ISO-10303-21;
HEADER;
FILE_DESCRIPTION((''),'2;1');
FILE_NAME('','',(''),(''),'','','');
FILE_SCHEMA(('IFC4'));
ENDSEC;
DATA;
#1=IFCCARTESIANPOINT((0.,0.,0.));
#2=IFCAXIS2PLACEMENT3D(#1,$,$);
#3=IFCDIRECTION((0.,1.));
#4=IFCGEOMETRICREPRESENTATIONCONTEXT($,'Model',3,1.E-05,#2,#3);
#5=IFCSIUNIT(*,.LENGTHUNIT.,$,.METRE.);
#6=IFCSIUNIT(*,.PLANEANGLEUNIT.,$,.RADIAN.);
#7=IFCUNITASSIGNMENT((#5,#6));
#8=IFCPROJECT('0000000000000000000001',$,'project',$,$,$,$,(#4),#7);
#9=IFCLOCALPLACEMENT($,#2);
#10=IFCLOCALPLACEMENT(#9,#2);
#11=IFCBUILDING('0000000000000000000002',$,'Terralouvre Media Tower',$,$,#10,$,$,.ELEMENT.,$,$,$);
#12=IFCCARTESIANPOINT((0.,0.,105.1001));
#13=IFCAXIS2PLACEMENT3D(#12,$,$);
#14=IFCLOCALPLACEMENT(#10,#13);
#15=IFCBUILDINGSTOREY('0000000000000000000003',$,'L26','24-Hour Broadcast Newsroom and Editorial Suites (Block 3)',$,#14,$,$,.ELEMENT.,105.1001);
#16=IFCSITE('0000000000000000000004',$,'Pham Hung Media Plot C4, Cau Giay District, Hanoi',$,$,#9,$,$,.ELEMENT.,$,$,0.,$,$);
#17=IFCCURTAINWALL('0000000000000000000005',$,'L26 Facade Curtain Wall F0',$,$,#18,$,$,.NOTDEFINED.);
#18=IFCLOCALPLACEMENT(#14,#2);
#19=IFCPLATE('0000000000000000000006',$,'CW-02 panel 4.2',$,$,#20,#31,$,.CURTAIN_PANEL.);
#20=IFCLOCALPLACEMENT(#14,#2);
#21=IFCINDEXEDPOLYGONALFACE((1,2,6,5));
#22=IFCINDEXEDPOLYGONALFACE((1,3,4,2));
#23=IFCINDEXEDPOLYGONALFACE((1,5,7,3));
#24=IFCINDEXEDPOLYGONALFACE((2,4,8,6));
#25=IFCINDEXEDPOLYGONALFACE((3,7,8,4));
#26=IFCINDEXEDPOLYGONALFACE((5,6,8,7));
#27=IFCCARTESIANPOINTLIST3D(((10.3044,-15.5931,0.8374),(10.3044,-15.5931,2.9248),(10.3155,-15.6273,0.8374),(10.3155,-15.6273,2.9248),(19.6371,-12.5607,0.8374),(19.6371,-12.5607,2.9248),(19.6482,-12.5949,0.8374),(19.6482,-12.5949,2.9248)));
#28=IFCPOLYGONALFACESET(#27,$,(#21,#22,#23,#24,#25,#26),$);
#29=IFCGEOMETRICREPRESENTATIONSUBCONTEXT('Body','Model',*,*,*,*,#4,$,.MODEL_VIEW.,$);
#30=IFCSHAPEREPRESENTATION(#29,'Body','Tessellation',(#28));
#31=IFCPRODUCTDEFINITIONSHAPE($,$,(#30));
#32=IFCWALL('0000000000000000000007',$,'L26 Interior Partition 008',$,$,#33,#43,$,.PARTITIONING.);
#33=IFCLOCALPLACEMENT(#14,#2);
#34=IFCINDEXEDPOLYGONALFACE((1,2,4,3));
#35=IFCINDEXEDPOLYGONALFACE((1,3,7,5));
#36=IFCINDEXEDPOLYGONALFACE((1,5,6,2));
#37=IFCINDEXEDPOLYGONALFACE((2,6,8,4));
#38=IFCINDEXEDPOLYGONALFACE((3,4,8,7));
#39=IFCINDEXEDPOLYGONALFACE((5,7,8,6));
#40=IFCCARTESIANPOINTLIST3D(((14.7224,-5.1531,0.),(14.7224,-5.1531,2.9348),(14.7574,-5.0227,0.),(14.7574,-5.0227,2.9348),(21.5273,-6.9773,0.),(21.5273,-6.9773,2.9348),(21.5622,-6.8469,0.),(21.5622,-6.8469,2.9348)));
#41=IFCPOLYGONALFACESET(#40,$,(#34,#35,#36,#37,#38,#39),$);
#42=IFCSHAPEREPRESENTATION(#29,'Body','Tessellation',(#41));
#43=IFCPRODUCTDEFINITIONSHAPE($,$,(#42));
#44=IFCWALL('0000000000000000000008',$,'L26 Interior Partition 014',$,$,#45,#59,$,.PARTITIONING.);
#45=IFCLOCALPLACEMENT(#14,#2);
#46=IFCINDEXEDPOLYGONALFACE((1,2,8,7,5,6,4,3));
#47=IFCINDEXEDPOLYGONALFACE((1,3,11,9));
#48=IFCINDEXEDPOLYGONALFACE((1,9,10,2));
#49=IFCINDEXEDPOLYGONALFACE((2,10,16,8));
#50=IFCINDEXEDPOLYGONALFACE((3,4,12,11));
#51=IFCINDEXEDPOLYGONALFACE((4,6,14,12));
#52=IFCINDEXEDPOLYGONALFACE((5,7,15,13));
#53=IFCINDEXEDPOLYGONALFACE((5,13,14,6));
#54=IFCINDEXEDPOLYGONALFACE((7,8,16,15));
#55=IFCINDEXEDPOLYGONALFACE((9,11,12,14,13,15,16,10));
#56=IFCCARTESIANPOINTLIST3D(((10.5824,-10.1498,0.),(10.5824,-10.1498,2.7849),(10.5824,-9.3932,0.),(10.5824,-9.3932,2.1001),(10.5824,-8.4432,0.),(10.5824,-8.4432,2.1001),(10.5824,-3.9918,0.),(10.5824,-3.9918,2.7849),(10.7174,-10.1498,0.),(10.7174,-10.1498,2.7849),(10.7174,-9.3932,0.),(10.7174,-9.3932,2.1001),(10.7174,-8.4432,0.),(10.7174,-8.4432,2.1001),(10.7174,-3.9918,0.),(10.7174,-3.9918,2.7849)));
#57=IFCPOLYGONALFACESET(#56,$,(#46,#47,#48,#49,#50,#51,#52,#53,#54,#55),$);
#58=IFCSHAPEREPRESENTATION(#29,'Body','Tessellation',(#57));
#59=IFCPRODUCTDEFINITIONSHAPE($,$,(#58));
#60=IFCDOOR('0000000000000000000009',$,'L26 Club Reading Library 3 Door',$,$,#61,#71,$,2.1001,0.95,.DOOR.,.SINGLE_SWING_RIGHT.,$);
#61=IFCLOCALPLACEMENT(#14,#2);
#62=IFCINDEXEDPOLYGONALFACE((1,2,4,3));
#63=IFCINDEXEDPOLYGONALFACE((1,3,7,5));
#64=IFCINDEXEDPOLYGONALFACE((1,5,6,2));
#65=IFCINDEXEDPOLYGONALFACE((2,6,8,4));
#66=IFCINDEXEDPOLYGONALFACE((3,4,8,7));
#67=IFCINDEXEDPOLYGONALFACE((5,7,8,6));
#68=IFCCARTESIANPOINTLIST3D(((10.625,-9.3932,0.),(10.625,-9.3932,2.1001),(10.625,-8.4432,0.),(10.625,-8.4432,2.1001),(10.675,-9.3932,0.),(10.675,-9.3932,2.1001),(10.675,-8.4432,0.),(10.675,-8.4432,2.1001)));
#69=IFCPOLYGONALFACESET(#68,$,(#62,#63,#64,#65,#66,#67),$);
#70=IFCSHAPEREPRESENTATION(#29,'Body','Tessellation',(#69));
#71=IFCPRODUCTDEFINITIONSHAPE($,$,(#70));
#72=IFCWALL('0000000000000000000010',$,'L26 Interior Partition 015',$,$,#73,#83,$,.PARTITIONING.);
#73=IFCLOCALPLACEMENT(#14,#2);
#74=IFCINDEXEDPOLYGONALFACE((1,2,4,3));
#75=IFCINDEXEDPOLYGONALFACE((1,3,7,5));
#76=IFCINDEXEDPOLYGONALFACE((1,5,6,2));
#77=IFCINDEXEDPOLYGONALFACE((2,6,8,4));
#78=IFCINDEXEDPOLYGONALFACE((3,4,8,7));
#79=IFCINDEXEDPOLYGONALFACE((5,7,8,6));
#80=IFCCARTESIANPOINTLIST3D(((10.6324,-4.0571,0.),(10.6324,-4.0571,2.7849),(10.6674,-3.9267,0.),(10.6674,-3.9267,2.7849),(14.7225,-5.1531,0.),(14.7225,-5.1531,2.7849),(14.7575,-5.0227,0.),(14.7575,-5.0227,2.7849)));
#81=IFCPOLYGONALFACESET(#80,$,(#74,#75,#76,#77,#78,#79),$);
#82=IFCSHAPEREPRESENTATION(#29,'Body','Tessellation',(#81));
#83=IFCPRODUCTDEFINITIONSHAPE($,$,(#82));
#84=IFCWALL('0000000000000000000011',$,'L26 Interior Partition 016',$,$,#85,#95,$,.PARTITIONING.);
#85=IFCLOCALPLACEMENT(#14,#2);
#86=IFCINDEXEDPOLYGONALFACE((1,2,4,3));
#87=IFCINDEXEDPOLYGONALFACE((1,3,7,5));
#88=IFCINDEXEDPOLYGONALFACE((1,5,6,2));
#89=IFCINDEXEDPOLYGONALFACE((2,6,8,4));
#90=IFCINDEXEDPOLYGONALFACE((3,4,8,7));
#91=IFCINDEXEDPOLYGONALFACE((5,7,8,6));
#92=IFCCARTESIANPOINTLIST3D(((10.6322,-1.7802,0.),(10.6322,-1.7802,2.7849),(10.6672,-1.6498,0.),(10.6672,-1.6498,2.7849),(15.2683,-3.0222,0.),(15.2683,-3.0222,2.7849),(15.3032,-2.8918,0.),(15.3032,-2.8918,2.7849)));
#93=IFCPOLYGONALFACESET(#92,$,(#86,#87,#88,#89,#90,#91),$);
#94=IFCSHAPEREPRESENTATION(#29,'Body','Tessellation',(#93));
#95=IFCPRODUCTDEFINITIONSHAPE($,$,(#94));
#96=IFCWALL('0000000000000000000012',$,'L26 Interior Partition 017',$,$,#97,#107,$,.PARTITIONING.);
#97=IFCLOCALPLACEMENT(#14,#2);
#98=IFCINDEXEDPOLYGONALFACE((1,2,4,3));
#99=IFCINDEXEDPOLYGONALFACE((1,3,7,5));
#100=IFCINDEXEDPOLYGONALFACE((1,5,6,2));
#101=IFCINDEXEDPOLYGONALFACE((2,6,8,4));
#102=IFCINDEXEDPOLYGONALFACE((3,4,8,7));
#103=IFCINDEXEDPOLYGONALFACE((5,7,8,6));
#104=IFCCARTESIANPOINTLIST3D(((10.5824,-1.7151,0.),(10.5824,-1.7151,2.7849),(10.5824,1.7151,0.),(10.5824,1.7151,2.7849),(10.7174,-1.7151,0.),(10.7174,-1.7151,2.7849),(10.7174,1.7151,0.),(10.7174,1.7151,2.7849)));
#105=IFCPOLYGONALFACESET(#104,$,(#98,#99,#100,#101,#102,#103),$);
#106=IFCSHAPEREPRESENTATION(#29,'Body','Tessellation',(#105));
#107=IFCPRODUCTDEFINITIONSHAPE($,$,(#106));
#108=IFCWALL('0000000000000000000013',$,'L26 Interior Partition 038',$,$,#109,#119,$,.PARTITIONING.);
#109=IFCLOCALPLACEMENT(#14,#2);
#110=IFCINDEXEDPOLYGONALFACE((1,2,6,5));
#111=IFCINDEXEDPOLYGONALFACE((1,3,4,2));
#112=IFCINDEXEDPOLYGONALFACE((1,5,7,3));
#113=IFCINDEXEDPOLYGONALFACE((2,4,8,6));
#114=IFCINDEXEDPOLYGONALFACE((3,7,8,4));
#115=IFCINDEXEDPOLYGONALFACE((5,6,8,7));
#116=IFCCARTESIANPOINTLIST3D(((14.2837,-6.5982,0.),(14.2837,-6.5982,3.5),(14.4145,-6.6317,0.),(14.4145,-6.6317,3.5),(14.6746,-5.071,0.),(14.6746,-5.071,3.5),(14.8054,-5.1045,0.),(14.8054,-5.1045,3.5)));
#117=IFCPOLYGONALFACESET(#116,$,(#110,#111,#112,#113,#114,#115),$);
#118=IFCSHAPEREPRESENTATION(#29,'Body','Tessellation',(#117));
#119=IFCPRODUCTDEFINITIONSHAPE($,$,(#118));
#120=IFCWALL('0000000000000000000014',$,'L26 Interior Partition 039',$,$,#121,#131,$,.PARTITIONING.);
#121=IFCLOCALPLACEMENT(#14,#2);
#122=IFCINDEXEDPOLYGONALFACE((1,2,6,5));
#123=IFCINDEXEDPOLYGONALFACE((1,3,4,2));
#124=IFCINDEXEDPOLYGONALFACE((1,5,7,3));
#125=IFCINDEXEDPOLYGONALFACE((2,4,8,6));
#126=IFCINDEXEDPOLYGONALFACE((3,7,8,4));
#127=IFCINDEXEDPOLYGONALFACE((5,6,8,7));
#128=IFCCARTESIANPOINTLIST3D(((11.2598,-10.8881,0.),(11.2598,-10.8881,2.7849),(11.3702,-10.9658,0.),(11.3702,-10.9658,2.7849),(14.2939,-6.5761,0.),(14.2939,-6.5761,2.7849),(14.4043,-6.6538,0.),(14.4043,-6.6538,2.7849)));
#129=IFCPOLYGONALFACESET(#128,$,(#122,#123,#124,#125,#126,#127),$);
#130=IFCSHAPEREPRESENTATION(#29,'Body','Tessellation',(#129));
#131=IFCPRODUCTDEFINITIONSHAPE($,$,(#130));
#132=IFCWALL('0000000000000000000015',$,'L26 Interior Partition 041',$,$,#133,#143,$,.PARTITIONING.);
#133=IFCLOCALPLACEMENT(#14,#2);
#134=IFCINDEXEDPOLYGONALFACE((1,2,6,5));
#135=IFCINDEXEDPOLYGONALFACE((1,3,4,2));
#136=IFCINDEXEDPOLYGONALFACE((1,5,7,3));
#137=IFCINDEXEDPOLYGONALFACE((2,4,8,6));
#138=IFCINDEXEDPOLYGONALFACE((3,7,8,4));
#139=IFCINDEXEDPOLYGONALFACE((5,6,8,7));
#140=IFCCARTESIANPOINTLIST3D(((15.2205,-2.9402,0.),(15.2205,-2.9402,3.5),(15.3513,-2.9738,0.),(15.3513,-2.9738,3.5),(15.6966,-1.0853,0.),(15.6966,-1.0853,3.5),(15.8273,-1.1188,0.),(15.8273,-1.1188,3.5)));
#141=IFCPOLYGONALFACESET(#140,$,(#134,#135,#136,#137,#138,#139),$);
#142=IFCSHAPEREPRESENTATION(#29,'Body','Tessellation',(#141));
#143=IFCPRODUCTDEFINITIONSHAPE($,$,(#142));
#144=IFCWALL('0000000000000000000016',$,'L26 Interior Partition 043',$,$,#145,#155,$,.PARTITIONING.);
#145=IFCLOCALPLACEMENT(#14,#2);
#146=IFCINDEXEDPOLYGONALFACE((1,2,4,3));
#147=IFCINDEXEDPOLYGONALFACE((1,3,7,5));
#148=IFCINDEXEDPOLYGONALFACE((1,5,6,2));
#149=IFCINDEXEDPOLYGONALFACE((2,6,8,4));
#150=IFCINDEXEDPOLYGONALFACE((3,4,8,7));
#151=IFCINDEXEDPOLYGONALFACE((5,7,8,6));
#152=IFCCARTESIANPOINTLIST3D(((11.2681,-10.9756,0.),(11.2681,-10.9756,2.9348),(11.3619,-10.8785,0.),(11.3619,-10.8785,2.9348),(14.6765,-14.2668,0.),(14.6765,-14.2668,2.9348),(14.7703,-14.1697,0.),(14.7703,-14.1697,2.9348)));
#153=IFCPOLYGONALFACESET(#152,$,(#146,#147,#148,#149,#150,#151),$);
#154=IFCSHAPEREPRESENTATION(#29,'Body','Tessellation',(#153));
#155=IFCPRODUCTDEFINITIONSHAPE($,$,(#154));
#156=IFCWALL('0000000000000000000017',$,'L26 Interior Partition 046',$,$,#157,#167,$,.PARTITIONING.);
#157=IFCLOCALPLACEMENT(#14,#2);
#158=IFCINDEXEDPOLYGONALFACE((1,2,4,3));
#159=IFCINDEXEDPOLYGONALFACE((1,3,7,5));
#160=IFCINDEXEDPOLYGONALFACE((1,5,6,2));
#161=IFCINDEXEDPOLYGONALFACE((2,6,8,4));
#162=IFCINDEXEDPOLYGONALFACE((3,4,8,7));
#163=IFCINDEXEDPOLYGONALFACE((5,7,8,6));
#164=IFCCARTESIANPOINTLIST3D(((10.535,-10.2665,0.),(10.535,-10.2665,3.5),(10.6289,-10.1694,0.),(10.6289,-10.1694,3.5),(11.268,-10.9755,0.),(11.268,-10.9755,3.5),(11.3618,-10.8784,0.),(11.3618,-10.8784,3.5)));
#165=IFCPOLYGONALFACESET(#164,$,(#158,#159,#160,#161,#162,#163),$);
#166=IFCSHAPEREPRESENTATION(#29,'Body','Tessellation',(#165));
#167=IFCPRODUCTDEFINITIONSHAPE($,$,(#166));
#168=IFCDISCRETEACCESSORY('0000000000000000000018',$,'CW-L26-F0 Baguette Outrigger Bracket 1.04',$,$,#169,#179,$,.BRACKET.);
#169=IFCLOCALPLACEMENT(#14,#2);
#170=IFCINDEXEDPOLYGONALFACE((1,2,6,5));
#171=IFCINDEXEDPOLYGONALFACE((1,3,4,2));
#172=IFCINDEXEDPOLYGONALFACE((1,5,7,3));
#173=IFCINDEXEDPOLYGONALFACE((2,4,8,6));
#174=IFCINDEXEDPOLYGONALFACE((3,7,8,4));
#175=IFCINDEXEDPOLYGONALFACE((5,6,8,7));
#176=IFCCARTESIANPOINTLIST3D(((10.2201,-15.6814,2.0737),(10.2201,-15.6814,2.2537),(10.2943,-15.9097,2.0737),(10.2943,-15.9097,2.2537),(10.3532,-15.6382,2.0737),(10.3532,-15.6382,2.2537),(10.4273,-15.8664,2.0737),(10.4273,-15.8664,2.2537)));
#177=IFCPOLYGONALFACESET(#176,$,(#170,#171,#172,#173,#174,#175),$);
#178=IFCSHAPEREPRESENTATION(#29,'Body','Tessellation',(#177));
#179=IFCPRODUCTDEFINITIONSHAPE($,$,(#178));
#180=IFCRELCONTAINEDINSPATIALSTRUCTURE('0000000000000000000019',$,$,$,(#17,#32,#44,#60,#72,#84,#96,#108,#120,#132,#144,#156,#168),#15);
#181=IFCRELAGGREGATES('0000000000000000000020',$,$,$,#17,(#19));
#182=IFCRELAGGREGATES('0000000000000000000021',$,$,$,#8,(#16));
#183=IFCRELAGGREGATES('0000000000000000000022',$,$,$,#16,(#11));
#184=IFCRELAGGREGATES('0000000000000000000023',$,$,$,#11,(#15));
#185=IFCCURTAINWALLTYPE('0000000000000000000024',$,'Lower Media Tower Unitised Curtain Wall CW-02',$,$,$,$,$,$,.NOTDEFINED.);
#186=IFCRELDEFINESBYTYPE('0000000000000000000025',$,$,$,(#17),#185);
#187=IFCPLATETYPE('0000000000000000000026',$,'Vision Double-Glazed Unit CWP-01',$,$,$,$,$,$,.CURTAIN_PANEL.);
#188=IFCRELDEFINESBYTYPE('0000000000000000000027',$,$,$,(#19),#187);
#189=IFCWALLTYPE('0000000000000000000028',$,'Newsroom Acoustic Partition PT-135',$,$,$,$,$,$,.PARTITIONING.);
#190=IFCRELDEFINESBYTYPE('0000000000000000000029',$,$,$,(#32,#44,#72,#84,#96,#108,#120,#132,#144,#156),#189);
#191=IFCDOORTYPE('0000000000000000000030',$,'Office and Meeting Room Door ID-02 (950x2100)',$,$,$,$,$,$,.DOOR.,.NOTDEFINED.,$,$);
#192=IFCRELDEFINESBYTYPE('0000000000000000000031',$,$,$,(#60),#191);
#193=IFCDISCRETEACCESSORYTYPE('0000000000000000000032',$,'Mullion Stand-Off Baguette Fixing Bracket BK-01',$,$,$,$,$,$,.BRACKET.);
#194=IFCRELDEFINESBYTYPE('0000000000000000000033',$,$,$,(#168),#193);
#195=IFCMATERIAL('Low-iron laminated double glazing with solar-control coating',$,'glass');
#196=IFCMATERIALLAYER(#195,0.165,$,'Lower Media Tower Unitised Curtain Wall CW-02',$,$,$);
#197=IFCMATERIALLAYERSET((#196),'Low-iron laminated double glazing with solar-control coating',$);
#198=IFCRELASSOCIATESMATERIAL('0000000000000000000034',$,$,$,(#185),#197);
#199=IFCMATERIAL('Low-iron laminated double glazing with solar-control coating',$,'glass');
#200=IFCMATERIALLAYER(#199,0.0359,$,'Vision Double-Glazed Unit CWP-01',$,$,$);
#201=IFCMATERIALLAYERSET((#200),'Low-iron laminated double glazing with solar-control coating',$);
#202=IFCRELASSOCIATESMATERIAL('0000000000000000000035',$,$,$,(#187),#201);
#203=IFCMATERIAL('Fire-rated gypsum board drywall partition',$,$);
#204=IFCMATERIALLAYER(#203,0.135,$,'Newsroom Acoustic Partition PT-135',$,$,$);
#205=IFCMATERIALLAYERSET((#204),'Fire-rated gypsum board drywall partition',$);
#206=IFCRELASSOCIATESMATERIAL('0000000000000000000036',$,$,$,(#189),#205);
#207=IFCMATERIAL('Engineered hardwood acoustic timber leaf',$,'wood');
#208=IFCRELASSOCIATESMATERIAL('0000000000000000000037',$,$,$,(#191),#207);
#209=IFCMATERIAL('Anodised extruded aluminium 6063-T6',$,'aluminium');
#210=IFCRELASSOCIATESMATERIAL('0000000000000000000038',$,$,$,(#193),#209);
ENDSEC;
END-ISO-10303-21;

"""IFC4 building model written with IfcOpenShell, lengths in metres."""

from ifc_helpers import new_model, si_unit, direction, frame, frame_2d, origin, origin_2d, place, context, subcontext, project, spatial, rectangle, extrude, material, layer, layer_set, type_object, element, fill, aggregate, save


model = new_model("IFC4")

# Units and contexts
model_context = context("Model", 3, precision=1e-05, world=origin(), true_north=direction((0.0, 1.0)))
body_context = subcontext(model_context, "Body", "Model", "MODEL_VIEW")
ifc_project = project(units=[si_unit("LENGTHUNIT", "METRE"), si_unit("PLANEANGLEUNIT", "RADIAN")], contexts=[model_context])

# Site, building, storey
site_placement = place(None, origin())
site = spatial("IfcSite", under=ifc_project, at=site_placement, Name="Pham Hung Media Plot C4, Cau Giay District, Hanoi", CompositionType="ELEMENT", RefElevation=0.0)
building_placement = place(site_placement, origin())
building = spatial("IfcBuilding", under=site, at=building_placement, Name="Terralouvre Media Tower", CompositionType="ELEMENT")
storey_placement = place(building_placement, frame((0.0, 0.0, 105.1001)))
storey = spatial("IfcBuildingStorey", under=building, at=storey_placement, Name="L26", Description="24-Hour Broadcast Newsroom and Editorial Suites (Block 3)", CompositionType="ELEMENT", Elevation=105.1001)

# Curtain wall
ifc_material_1 = material(Name="Low-iron laminated double glazing with solar-control coating", Category="glass")
ifc_layer_1 = layer(ifc_material_1, 0.165, Name="Lower Media Tower Unitised Curtain Wall CW-02")
ifc_layer_set_1 = layer_set([ifc_layer_1], Name="Low-iron laminated double glazing with solar-control coating")
curtain_wall_type = type_object("IfcCurtainWallType", Name="Lower Media Tower Unitised Curtain Wall CW-02", PredefinedType="NOTDEFINED", material=ifc_layer_set_1)
curtain_wall_placement = place(storey_placement, origin())
curtain_wall = element("IfcCurtainWall", 1, at=curtain_wall_placement, inside=storey, type_object=curtain_wall_type, Name="L26 Facade Curtain Wall F0", PredefinedType="NOTDEFINED")

# Plate
ifc_material_2 = material(Name="Low-iron laminated double glazing with solar-control coating", Category="glass")
ifc_layer_2 = layer(ifc_material_2, 0.0359, Name="Vision Double-Glazed Unit CWP-01")
ifc_layer_set_2 = layer_set([ifc_layer_2], Name="Low-iron laminated double glazing with solar-control coating")
plate_type = type_object("IfcPlateType", Name="Vision Double-Glazed Unit CWP-01", PredefinedType="CURTAIN_PANEL", material=ifc_layer_set_2)
plate_1_placement = place(storey_placement, frame((14.9763, -14.094, 0.8374), z_axis=(0.0, 0.0, 1.0), x_axis=(0.951057, 0.309017, 0.0)))
plate_1 = element("IfcPlate", 2, at=plate_1_placement, type_object=plate_type, Name="CW-02 panel 4.2", PredefinedType="CURTAIN_PANEL", context=body_context, shape_type="SweptSolid", body=[
    extrude(rectangle(XDim=9.813, YDim=0.0359, at=origin_2d()), origin(), (0.0, 0.0, 1.0), 2.0874),
])
aggregate(curtain_wall, [plate_1])

# Wall
ifc_material_3 = material(Name="Fire-rated gypsum board drywall partition")
ifc_layer_3 = layer(ifc_material_3, 0.135, Name="Newsroom Acoustic Partition PT-135")
ifc_layer_set_3 = layer_set([ifc_layer_3], Name="Fire-rated gypsum board drywall partition")
wall_type = type_object("IfcWallType", Name="Newsroom Acoustic Partition PT-135", PredefinedType="PARTITIONING", material=ifc_layer_set_3)
wall_1_placement = place(storey_placement, frame((14.74, -5.0879, 0.0), z_axis=(0.0, 0.0, 1.0), x_axis=(0.965896, -0.258931, 0.0)))
element("IfcWall", 3, at=wall_1_placement, inside=storey, type_object=wall_type, Name="L26 Interior Partition 008", PredefinedType="PARTITIONING", context=body_context, shape_type="SweptSolid", body=[
    extrude(rectangle(XDim=7.0452, YDim=0.135, at=frame_2d((3.5225, 0.0))), origin(), (0.0, 0.0, 1.0), 2.9348),
])

# Wall, opening, door
wall_2_placement = place(storey_placement, frame((10.6499, -10.1499, 0.0), z_axis=(0.0, 0.0, 1.0), x_axis=(0.0, 1.0, 0.0)))
wall_2 = element("IfcWall", 4, at=wall_2_placement, inside=storey, type_object=wall_type, Name="L26 Interior Partition 014", PredefinedType="PARTITIONING", context=body_context, shape_type="SweptSolid", body=[
    extrude(rectangle(XDim=6.158, YDim=0.135, at=frame_2d((3.0791, 0.0))), origin(), (0.0, 0.0, 1.0), 2.7849),
])
opening_placement = place(wall_2_placement, frame((0.7566, 0.0, 0.0)))
opening = element("IfcOpeningElement", 5, at=opening_placement, cuts=wall_2, PredefinedType="OPENING", context=body_context, shape_type="SweptSolid", body=[
    extrude(rectangle(XDim=0.95, YDim=2.1001, at=frame_2d((0.4751, 1.05))), frame((0.0, 0.0774, 0.0), z_axis=(0.0, -1.0, 0.0), x_axis=(1.0, 0.0, 0.0)), (0.0, 0.0, 1.0), 0.155),
])
ifc_material_4 = material(Name="Engineered hardwood acoustic timber leaf", Category="wood")
door_type = type_object("IfcDoorType", Name="Office and Meeting Room Door ID-02 (950x2100)", OperationType="NOTDEFINED", PredefinedType="DOOR", material=ifc_material_4)
door_placement = place(opening_placement, origin())
door = element("IfcDoor", 6, at=door_placement, inside=storey, type_object=door_type, Name="L26 Club Reading Library 3 Door", OperationType="SINGLE_SWING_RIGHT", OverallHeight=2.1001, OverallWidth=0.95, PredefinedType="DOOR", context=body_context, shape_type="SweptSolid", body=[
    extrude(rectangle(XDim=0.95, YDim=2.1001, at=frame_2d((0.4751, 1.05))), frame((0.0, 0.0249, 0.0), z_axis=(0.0, -1.0, 0.0), x_axis=(1.0, 0.0, 0.0)), (0.0, 0.0, 1.0), 0.05),
])
fill(opening, door)

# Walls
wall_3_placement = place(storey_placement, frame((10.6499, -3.9919, 0.0), z_axis=(0.0, 0.0, 1.0), x_axis=(0.965925, -0.258822, 0.0)))
element("IfcWall", 7, at=wall_3_placement, inside=storey, type_object=wall_type, Name="L26 Interior Partition 015", PredefinedType="PARTITIONING", context=body_context, shape_type="SweptSolid", body=[
    extrude(rectangle(XDim=4.2344, YDim=0.135, at=frame_2d((2.1172, 0.0))), origin(), (0.0, 0.0, 1.0), 2.7849),
])
wall_4_placement = place(storey_placement, frame((15.2859, -2.957, 0.0), z_axis=(0.0, 0.0, 1.0), x_axis=(-0.96594, 0.258767, 0.0)))
element("IfcWall", 8, at=wall_4_placement, inside=storey, type_object=wall_type, Name="L26 Interior Partition 016", PredefinedType="PARTITIONING", context=body_context, shape_type="SweptSolid", body=[
    extrude(rectangle(XDim=4.7996, YDim=0.135, at=frame_2d((2.3999, 0.0))), origin(), (0.0, 0.0, 1.0), 2.7849),
])
wall_5_placement = place(storey_placement, frame((10.6499, -1.7151, 0.0), z_axis=(0.0, 0.0, 1.0), x_axis=(0.0, 1.0, 0.0)))
element("IfcWall", 9, at=wall_5_placement, inside=storey, type_object=wall_type, Name="L26 Interior Partition 017", PredefinedType="PARTITIONING", context=body_context, shape_type="SweptSolid", body=[
    extrude(rectangle(XDim=3.4302, YDim=0.135, at=frame_2d((1.7151, 0.0))), origin(), (0.0, 0.0, 1.0), 2.7849),
])
wall_6_placement = place(storey_placement, frame((14.74, -5.0879, 0.0), z_axis=(0.0, 0.0, 1.0), x_axis=(-0.247962, -0.96877, 0.0)))
element("IfcWall", 10, at=wall_6_placement, inside=storey, type_object=wall_type, Name="L26 Interior Partition 038", PredefinedType="PARTITIONING", context=body_context, shape_type="SweptSolid", body=[
    extrude(rectangle(XDim=1.5764, YDim=0.135, at=frame_2d((0.7881, 0.0))), origin(), (0.0, 0.0, 1.0), 3.5),
])
wall_7_placement = place(storey_placement, frame((14.3491, -6.615, 0.0), z_axis=(0.0, 0.0, 1.0), x_axis=(-0.575468, -0.817824, 0.0)))
element("IfcWall", 11, at=wall_7_placement, inside=storey, type_object=wall_type, Name="L26 Interior Partition 039", PredefinedType="PARTITIONING", context=body_context, shape_type="SweptSolid", body=[
    extrude(rectangle(XDim=5.2725, YDim=0.135, at=frame_2d((2.6362, 0.0))), origin(), (0.0, 0.0, 1.0), 2.7849),
])
wall_8_placement = place(storey_placement, frame((15.762, -1.1021, 0.0), z_axis=(0.0, 0.0, 1.0), x_axis=(-0.24859, -0.968609, 0.0)))
element("IfcWall", 12, at=wall_8_placement, inside=storey, type_object=wall_type, Name="L26 Interior Partition 041", PredefinedType="PARTITIONING", context=body_context, shape_type="SweptSolid", body=[
    extrude(rectangle(XDim=1.915, YDim=0.135, at=frame_2d((0.9575, 0.0))), origin(), (0.0, 0.0, 1.0), 3.5),
])
wall_9_placement = place(storey_placement, frame((11.3149, -10.927, 0.0), z_axis=(0.0, 0.0, 1.0), x_axis=(0.719365, -0.694632, 0.0)))
element("IfcWall", 13, at=wall_9_placement, inside=storey, type_object=wall_type, Name="L26 Interior Partition 043", PredefinedType="PARTITIONING", context=body_context, shape_type="SweptSolid", body=[
    extrude(rectangle(XDim=4.738, YDim=0.135, at=frame_2d((2.3691, 0.0))), origin(), (0.0, 0.0, 1.0), 2.9348),
])
wall_10_placement = place(storey_placement, frame((10.582, -10.218, 0.0), z_axis=(0.0, 0.0, 1.0), x_axis=(0.718741, -0.695278, 0.0)))
element("IfcWall", 14, at=wall_10_placement, inside=storey, type_object=wall_type, Name="L26 Interior Partition 046", PredefinedType="PARTITIONING", context=body_context, shape_type="SweptSolid", body=[
    extrude(rectangle(XDim=1.0198, YDim=0.135, at=frame_2d((0.5098, 0.0))), origin(), (0.0, 0.0, 1.0), 3.5),
])

# Discrete accessory
ifc_material_5 = material(Name="Anodised extruded aluminium 6063-T6", Category="aluminium")
discrete_accessory_type = type_object("IfcDiscreteAccessoryType", Name="Mullion Stand-Off Baguette Fixing Bracket BK-01", PredefinedType="BRACKET", material=ifc_material_5)
discrete_accessory_placement = place(storey_placement, frame((10.3237, -15.7739, 2.0737), z_axis=(0.0, 0.0, 1.0), x_axis=(0.951057, 0.309017, 0.0)))
element("IfcDiscreteAccessory", 15, at=discrete_accessory_placement, inside=storey, type_object=discrete_accessory_type, Name="CW-L26-F0 Baguette Outrigger Bracket 1.04", PredefinedType="BRACKET", context=body_context, shape_type="SweptSolid", body=[
    extrude(rectangle(XDim=0.1399, YDim=0.24, at=origin_2d()), origin(), (0.0, 0.0, 1.0), 0.1799),
])

save(model, "model.ifc")
